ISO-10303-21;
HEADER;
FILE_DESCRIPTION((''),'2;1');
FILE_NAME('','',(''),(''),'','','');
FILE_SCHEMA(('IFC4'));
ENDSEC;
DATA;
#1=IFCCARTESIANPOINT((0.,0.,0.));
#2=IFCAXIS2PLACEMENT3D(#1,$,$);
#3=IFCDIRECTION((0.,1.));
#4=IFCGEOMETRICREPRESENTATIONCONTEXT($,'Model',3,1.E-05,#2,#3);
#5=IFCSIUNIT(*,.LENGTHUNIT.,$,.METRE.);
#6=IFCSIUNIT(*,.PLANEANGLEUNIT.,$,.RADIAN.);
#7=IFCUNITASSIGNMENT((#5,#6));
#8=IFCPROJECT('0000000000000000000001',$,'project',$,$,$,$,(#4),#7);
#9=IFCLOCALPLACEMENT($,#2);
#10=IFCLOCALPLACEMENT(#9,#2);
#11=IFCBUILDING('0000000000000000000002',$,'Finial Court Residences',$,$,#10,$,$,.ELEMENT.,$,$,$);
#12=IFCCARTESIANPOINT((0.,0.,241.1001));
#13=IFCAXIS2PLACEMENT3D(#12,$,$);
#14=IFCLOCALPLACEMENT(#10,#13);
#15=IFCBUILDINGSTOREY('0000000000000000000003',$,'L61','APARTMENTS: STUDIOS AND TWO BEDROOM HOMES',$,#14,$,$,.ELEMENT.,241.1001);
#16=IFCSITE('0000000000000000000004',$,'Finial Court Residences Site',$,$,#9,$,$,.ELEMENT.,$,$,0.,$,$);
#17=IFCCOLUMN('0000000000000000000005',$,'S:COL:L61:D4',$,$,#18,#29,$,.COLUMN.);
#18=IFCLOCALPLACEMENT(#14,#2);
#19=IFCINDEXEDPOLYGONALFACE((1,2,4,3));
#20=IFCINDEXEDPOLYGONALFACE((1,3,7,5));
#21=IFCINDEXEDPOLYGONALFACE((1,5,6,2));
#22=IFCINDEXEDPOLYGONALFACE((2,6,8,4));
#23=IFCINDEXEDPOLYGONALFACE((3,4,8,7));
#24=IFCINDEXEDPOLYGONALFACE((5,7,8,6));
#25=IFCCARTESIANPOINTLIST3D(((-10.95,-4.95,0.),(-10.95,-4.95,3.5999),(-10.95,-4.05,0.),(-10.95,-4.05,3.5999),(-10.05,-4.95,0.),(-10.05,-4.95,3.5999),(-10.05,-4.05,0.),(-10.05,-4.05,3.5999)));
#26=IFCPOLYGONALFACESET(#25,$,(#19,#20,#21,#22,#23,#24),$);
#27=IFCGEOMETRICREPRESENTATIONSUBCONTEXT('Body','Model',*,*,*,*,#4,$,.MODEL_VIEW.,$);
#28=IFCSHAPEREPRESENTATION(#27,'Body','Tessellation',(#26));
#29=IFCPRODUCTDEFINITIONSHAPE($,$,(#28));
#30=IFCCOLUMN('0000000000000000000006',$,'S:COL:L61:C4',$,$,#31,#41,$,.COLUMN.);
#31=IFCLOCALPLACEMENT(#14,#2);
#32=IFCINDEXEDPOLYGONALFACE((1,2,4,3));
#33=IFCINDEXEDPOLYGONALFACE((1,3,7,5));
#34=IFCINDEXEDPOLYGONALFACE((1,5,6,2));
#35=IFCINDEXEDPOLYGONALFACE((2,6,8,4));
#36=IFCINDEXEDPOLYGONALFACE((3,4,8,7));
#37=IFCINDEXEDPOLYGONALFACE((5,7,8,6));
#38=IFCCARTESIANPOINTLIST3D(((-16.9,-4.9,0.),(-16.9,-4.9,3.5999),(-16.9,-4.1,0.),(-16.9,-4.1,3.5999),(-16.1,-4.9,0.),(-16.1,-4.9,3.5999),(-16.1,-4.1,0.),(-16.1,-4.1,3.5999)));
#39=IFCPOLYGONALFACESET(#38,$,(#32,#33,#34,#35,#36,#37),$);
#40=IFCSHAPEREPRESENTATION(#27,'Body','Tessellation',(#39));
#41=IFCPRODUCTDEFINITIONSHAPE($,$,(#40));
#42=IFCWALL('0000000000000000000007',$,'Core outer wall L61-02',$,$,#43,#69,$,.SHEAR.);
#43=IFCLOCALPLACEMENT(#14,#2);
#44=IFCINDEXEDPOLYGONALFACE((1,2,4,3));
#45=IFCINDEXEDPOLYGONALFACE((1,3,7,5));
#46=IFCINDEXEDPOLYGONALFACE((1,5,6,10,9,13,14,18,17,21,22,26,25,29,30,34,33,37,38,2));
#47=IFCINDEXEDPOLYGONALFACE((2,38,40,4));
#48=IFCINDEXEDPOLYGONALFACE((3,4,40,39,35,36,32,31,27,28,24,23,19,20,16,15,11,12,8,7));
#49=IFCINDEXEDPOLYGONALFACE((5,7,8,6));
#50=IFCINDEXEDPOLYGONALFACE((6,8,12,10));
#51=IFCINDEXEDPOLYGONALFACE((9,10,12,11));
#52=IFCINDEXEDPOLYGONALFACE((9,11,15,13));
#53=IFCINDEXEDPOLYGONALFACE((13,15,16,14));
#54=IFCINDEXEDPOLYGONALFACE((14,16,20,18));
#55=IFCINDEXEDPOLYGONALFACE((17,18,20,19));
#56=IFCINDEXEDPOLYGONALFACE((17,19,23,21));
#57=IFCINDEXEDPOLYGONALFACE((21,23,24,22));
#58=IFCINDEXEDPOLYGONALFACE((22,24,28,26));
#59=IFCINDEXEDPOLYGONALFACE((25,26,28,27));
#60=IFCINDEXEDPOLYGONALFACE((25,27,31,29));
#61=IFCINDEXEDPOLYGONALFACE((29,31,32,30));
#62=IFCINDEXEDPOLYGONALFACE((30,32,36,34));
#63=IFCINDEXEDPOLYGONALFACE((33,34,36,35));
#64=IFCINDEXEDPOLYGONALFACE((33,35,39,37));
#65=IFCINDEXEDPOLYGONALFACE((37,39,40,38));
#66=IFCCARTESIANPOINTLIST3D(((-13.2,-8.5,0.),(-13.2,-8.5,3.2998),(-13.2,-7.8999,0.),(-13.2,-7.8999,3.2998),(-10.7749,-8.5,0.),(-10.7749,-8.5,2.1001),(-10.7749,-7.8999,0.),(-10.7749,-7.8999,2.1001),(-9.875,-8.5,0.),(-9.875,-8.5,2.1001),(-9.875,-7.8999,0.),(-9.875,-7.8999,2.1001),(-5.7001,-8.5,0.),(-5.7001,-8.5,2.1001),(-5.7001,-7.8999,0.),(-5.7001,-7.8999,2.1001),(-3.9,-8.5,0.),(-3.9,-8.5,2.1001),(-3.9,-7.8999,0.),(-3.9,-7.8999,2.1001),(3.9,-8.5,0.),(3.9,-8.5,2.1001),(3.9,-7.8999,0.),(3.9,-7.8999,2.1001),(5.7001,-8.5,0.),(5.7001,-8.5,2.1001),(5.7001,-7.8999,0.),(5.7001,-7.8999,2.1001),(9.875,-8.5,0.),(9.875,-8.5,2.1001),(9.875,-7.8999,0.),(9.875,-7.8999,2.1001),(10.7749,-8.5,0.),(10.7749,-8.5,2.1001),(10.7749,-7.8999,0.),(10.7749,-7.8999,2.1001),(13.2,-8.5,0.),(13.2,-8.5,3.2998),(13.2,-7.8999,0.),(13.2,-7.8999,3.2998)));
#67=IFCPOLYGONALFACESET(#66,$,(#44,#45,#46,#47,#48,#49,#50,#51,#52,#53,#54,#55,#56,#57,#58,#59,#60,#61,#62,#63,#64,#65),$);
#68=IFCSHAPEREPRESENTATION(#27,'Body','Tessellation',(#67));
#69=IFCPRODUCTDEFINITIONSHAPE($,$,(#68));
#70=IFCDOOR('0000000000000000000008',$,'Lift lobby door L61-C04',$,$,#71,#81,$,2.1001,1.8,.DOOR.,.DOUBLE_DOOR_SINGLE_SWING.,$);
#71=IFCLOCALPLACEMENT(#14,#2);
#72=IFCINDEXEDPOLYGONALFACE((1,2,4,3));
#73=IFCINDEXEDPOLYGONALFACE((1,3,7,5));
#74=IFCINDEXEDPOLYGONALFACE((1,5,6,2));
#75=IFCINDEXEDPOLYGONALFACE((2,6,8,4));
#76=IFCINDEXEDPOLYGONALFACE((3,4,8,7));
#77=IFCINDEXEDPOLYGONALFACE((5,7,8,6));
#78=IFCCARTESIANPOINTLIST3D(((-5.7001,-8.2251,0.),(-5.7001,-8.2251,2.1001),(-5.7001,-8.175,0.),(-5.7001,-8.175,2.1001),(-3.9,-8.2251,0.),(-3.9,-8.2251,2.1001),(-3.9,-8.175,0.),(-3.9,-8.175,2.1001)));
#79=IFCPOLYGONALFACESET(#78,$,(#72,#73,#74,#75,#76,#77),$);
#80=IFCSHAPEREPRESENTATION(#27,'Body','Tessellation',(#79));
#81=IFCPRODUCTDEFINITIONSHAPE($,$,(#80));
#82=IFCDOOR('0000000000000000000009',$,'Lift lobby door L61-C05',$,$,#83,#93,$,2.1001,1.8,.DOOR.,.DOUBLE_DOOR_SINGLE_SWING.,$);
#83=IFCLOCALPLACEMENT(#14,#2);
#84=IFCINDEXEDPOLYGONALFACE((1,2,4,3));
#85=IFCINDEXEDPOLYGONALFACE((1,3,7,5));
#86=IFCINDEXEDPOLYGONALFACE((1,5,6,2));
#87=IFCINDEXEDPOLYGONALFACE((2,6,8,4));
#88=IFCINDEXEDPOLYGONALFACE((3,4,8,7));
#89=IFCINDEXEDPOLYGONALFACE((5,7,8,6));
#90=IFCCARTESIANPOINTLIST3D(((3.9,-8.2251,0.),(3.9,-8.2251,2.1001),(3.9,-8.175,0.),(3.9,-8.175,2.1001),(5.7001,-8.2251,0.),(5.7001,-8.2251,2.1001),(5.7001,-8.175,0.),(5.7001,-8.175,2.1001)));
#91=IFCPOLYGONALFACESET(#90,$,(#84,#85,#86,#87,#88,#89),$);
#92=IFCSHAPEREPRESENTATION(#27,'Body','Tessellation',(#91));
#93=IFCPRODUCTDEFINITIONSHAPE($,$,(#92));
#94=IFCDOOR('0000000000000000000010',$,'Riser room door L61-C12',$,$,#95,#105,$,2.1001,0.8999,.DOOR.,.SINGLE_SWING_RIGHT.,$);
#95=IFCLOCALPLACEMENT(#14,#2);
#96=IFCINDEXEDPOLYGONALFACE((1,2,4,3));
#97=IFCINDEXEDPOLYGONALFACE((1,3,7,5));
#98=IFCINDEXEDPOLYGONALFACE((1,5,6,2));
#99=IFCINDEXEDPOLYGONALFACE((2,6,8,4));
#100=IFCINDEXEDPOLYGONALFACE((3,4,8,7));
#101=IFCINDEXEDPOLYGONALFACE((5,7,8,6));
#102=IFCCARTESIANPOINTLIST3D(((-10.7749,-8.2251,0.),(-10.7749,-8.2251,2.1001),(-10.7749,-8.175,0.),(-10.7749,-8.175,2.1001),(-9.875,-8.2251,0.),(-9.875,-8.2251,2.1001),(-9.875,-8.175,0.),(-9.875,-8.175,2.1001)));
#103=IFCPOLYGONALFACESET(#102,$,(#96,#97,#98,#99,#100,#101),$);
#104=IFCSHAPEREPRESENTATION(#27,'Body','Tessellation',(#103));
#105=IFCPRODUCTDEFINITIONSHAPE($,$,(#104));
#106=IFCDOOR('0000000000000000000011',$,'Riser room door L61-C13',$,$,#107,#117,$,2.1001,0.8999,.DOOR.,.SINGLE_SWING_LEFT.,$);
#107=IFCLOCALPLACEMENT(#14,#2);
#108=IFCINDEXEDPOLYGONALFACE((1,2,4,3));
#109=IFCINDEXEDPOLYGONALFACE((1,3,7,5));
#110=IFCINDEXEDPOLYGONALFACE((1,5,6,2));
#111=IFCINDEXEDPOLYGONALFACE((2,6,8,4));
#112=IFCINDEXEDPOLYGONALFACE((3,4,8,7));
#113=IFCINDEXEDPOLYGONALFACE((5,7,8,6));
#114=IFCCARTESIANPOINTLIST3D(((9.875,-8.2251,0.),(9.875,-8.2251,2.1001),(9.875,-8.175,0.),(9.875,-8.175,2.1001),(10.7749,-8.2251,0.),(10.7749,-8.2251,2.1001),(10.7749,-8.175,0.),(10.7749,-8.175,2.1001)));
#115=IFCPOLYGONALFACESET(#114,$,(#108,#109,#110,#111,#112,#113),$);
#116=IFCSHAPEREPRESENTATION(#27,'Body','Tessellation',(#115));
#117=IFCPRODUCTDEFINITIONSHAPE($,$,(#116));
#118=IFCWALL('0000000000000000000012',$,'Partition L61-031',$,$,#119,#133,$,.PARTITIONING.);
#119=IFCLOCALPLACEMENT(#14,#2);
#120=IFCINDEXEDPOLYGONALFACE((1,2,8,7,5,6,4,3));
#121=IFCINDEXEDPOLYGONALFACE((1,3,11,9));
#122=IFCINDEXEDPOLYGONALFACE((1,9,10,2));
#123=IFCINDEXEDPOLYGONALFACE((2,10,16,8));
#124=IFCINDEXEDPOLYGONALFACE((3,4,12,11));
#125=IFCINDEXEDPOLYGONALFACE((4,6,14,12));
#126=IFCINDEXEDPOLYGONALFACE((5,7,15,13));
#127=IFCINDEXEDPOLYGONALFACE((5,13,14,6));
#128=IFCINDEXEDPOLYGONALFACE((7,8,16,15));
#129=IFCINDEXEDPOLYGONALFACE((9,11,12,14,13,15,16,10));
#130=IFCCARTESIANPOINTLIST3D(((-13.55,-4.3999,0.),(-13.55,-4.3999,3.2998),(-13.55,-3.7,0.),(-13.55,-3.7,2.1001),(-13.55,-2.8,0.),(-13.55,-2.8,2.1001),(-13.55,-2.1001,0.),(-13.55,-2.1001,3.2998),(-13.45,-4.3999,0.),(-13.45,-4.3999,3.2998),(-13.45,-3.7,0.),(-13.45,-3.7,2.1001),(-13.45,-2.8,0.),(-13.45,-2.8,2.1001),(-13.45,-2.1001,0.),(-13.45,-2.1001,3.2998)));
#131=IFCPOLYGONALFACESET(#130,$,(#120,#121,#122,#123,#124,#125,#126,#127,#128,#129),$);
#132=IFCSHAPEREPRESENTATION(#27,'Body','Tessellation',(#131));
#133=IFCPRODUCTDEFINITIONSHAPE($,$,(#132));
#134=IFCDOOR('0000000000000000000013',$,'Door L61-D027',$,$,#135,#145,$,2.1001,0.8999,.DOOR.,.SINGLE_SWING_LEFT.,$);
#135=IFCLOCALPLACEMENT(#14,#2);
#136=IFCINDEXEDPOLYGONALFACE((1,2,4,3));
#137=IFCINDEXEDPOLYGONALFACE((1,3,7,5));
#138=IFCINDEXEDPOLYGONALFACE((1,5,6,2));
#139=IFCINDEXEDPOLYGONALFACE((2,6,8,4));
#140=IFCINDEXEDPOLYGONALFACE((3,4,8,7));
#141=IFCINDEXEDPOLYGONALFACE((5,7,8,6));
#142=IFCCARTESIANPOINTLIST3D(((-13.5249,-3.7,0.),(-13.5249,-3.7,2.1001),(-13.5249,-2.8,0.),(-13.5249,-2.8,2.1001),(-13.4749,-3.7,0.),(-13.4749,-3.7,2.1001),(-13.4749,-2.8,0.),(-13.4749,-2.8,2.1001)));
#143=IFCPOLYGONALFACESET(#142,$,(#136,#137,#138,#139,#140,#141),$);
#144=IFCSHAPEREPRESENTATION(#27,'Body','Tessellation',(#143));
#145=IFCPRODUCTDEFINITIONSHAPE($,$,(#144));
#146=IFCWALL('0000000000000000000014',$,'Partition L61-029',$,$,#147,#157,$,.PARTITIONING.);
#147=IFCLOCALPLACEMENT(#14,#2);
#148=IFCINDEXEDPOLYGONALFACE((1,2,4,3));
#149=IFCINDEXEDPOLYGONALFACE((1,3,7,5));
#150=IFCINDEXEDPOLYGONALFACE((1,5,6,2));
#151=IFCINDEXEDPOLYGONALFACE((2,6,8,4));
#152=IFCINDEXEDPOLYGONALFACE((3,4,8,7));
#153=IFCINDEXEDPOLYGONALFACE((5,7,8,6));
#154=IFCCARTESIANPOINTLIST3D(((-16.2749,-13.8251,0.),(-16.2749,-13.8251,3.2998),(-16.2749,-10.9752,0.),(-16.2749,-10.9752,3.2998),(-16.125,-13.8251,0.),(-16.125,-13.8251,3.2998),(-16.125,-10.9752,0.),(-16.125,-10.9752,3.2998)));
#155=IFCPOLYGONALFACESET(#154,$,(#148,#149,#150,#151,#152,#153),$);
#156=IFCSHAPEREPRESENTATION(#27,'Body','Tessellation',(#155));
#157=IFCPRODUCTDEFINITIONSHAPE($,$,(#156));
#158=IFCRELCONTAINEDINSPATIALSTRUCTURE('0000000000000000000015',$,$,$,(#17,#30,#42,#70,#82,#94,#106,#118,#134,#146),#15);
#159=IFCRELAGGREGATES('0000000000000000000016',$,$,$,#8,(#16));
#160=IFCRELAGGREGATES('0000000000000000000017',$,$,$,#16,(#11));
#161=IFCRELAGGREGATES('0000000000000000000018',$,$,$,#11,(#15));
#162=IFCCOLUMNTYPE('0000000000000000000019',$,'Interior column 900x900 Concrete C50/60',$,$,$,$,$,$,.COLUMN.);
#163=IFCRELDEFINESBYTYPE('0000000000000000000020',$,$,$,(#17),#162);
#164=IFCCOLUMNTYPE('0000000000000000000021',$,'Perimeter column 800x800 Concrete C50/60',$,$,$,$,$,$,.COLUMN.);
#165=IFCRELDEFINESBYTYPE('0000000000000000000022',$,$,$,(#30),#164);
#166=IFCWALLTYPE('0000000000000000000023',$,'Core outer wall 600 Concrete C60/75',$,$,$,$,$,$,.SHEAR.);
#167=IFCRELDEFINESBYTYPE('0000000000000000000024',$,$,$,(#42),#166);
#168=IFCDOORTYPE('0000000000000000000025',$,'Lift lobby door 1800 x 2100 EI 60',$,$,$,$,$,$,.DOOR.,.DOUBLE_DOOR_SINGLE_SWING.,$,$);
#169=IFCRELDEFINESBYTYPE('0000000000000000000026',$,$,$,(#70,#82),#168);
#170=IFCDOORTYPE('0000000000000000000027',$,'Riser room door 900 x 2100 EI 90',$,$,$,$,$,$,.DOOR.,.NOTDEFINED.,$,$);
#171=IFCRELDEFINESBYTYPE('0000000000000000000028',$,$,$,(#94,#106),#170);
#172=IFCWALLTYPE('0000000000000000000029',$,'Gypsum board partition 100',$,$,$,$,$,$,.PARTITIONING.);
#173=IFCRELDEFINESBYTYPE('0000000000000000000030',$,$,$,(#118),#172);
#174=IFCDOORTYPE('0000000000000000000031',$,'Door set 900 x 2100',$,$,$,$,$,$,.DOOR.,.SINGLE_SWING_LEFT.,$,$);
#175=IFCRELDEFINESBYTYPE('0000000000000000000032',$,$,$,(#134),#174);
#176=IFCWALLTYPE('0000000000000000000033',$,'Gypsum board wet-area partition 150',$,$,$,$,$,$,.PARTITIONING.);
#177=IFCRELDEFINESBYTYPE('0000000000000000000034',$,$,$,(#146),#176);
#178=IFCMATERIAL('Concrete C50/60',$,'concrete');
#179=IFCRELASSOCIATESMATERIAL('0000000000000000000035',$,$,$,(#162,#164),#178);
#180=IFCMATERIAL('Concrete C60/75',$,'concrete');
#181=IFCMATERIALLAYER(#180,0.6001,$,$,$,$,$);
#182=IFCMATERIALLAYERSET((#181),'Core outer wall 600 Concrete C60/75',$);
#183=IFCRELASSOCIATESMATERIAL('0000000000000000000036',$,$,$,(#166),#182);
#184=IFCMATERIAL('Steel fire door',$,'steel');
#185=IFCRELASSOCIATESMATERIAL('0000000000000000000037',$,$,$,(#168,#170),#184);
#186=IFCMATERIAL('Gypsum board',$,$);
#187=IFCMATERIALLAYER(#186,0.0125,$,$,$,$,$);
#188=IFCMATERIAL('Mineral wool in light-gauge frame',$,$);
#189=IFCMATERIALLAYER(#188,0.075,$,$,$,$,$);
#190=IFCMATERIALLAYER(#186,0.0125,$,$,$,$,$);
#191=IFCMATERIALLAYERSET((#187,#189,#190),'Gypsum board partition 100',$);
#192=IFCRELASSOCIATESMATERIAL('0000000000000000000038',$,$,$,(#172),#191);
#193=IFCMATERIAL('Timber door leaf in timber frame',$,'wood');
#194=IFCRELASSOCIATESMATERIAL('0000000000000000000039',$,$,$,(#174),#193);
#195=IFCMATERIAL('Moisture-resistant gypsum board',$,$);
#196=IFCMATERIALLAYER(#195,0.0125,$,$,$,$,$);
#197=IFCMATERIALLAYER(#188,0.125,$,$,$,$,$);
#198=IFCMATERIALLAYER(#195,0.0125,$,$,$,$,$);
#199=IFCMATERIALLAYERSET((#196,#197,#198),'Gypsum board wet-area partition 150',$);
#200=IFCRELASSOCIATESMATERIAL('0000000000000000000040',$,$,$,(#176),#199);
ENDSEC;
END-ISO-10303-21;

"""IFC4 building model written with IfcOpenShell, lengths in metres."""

from ifc_helpers import new_model, si_unit, direction, frame, frame_2d, origin, origin_2d, place, context, subcontext, project, spatial, rectangle, extrude, material, layer, layer_set, material_profile, profile_set, type_object, element, fill, save


model = new_model("IFC4")

# Units and contexts
model_context = context("Model", 3, precision=1e-05, world=origin(), true_north=direction((0.0, 1.0)))
body_context = subcontext(model_context, "Body", "Model", "MODEL_VIEW")
ifc_project = project(units=[si_unit("LENGTHUNIT", "METRE"), si_unit("PLANEANGLEUNIT", "RADIAN")], contexts=[model_context])

# Site, building, storey
site_placement = place(None, origin())
site = spatial("IfcSite", under=ifc_project, at=site_placement, Name="Finial Court Residences Site", CompositionType="ELEMENT", RefElevation=0.0)
building_placement = place(site_placement, origin())
building = spatial("IfcBuilding", under=site, at=building_placement, Name="Finial Court Residences", CompositionType="ELEMENT")
storey_placement = place(building_placement, frame((0.0, 0.0, 241.1001)))
storey = spatial("IfcBuildingStorey", under=building, at=storey_placement, Name="L61", Description="APARTMENTS: STUDIOS AND TWO BEDROOM HOMES", CompositionType="ELEMENT", Elevation=241.1001)

# Columns
ifc_material_1 = material(Name="Concrete C50/60", Category="concrete")
ifc_material_profile_1 = material_profile(ifc_material_1, rectangle(XDim=0.8999, YDim=0.8999, at=origin_2d()), Name="900x900")
ifc_profile_set_1 = profile_set([ifc_material_profile_1], Name="Concrete C50/60")
column_type_1 = type_object("IfcColumnType", Name="Interior column 900x900 Concrete C50/60", PredefinedType="COLUMN", material=ifc_profile_set_1)
column_1_placement = place(storey_placement, frame((-10.5, -4.5, 0.0), z_axis=(0.0, 0.0, 1.0), x_axis=(1.0, 0.0, 0.0)))
element("IfcColumn", 1, at=column_1_placement, inside=storey, type_object=column_type_1, Name="S:COL:L61:D4", PredefinedType="COLUMN", context=body_context, shape_type="SweptSolid", body=[
    extrude(rectangle(XDim=0.8999, YDim=0.8999, at=origin_2d()), origin(), (0.0, 0.0, 1.0), 3.5999),
])
ifc_material_profile_2 = material_profile(ifc_material_1, rectangle(XDim=0.8, YDim=0.8, at=origin_2d()), Name="800x800")
ifc_profile_set_2 = profile_set([ifc_material_profile_2], Name="Concrete C50/60")
column_type_2 = type_object("IfcColumnType", Name="Perimeter column 800x800 Concrete C50/60", PredefinedType="COLUMN", material=ifc_profile_set_2)
column_2_placement = place(storey_placement, frame((-16.5, -4.5, 0.0), z_axis=(0.0, 0.0, 1.0), x_axis=(1.0, 0.0, 0.0)))
element("IfcColumn", 2, at=column_2_placement, inside=storey, type_object=column_type_2, Name="S:COL:L61:C4", PredefinedType="COLUMN", context=body_context, shape_type="SweptSolid", body=[
    extrude(rectangle(XDim=0.8, YDim=0.8, at=origin_2d()), origin(), (0.0, 0.0, 1.0), 3.5999),
])

# Wall, openings, doors
ifc_material_2 = material(Name="Concrete C60/75", Category="concrete")
ifc_layer_1 = layer(ifc_material_2, 0.6001)
ifc_layer_set_1 = layer_set([ifc_layer_1], Name="Core outer wall 600 Concrete C60/75")
wall_type_1 = type_object("IfcWallType", Name="Core outer wall 600 Concrete C60/75", PredefinedType="SHEAR", material=ifc_layer_set_1)
wall_1_placement = place(storey_placement, frame((-13.2, -8.2, 0.0), z_axis=(0.0, 0.0, 1.0), x_axis=(1.0, 0.0, 0.0)))
wall_1 = element("IfcWall", 3, at=wall_1_placement, inside=storey, type_object=wall_type_1, Name="Core outer wall L61-02", PredefinedType="SHEAR", context=body_context, shape_type="SweptSolid", body=[
    extrude(rectangle(XDim=26.3999, YDim=0.6001, at=frame_2d((13.2, 0.0))), origin(), (0.0, 0.0, 1.0), 3.2998),
])
opening_1_placement = place(wall_1_placement, frame((7.5, 0.0, 0.0)))
opening_1 = element("IfcOpeningElement", 4, at=opening_1_placement, cuts=wall_1, PredefinedType="OPENING", context=body_context, shape_type="SweptSolid", body=[
    extrude(rectangle(XDim=1.8, YDim=2.1001, at=frame_2d((0.8999, 1.05))), frame((0.0, 0.3101, 0.0), z_axis=(0.0, -1.0, 0.0), x_axis=(1.0, 0.0, 0.0)), (0.0, 0.0, 1.0), 0.6201),
])
opening_2_placement = place(wall_1_placement, frame((17.1001, 0.0, 0.0)))
opening_2 = element("IfcOpeningElement", 5, at=opening_2_placement, cuts=wall_1, PredefinedType="OPENING", context=body_context, shape_type="SweptSolid", body=[
    extrude(rectangle(XDim=1.8, YDim=2.1001, at=frame_2d((0.8999, 1.05))), frame((0.0, 0.3101, 0.0), z_axis=(0.0, -1.0, 0.0), x_axis=(1.0, 0.0, 0.0)), (0.0, 0.0, 1.0), 0.6201),
])
opening_3_placement = place(wall_1_placement, frame((2.425, 0.0, 0.0)))
opening_3 = element("IfcOpeningElement", 6, at=opening_3_placement, cuts=wall_1, PredefinedType="OPENING", context=body_context, shape_type="SweptSolid", body=[
    extrude(rectangle(XDim=0.8999, YDim=2.1001, at=frame_2d((0.45, 1.05))), frame((0.0, 0.3101, 0.0), z_axis=(0.0, -1.0, 0.0), x_axis=(1.0, 0.0, 0.0)), (0.0, 0.0, 1.0), 0.6201),
])
opening_4_placement = place(wall_1_placement, frame((23.075, 0.0, 0.0)))
opening_4 = element("IfcOpeningElement", 7, at=opening_4_placement, cuts=wall_1, PredefinedType="OPENING", context=body_context, shape_type="SweptSolid", body=[
    extrude(rectangle(XDim=0.8999, YDim=2.1001, at=frame_2d((0.45, 1.05))), frame((0.0, 0.3101, 0.0), z_axis=(0.0, -1.0, 0.0), x_axis=(1.0, 0.0, 0.0)), (0.0, 0.0, 1.0), 0.6201),
])
ifc_material_3 = material(Name="Steel fire door", Category="steel")
door_type_1 = type_object("IfcDoorType", Name="Lift lobby door 1800 x 2100 EI 60", OperationType="DOUBLE_DOOR_SINGLE_SWING", PredefinedType="DOOR", material=ifc_material_3)
door_1_placement = place(opening_1_placement, origin())
door_1 = element("IfcDoor", 8, at=door_1_placement, inside=storey, type_object=door_type_1, Name="Lift lobby door L61-C04", OperationType="DOUBLE_DOOR_SINGLE_SWING", OverallHeight=2.1001, OverallWidth=1.8, PredefinedType="DOOR", context=body_context, shape_type="SweptSolid", body=[
    extrude(rectangle(XDim=1.8, YDim=2.1001, at=frame_2d((0.8999, 1.05))), frame((0.0, 0.0249, 0.0), z_axis=(0.0, -1.0, 0.0), x_axis=(1.0, 0.0, 0.0)), (0.0, 0.0, 1.0), 0.05),
])
fill(opening_1, door_1)
door_2_placement = place(opening_2_placement, origin())
door_2 = element("IfcDoor", 9, at=door_2_placement, inside=storey, type_object=door_type_1, Name="Lift lobby door L61-C05", OperationType="DOUBLE_DOOR_SINGLE_SWING", OverallHeight=2.1001, OverallWidth=1.8, PredefinedType="DOOR", context=body_context, shape_type="SweptSolid", body=[
    extrude(rectangle(XDim=1.8, YDim=2.1001, at=frame_2d((0.8999, 1.05))), frame((0.0, 0.0249, 0.0), z_axis=(0.0, -1.0, 0.0), x_axis=(1.0, 0.0, 0.0)), (0.0, 0.0, 1.0), 0.05),
])
fill(opening_2, door_2)
door_type_2 = type_object("IfcDoorType", Name="Riser room door 900 x 2100 EI 90", OperationType="NOTDEFINED", PredefinedType="DOOR", material=ifc_material_3)
door_3_placement = place(opening_3_placement, origin())
door_3 = element("IfcDoor", 10, at=door_3_placement, inside=storey, type_object=door_type_2, Name="Riser room door L61-C12", OperationType="SINGLE_SWING_RIGHT", OverallHeight=2.1001, OverallWidth=0.8999, PredefinedType="DOOR", context=body_context, shape_type="SweptSolid", body=[
    extrude(rectangle(XDim=0.8999, YDim=2.1001, at=frame_2d((0.45, 1.05))), frame((0.0, 0.0249, 0.0), z_axis=(0.0, -1.0, 0.0), x_axis=(1.0, 0.0, 0.0)), (0.0, 0.0, 1.0), 0.05),
])
fill(opening_3, door_3)
door_4_placement = place(opening_4_placement, origin())
door_4 = element("IfcDoor", 11, at=door_4_placement, inside=storey, type_object=door_type_2, Name="Riser room door L61-C13", OperationType="SINGLE_SWING_LEFT", OverallHeight=2.1001, OverallWidth=0.8999, PredefinedType="DOOR", context=body_context, shape_type="SweptSolid", body=[
    extrude(rectangle(XDim=0.8999, YDim=2.1001, at=frame_2d((0.45, 1.05))), frame((0.0, 0.0249, 0.0), z_axis=(0.0, -1.0, 0.0), x_axis=(1.0, 0.0, 0.0)), (0.0, 0.0, 1.0), 0.05),
])
fill(opening_4, door_4)

# Wall, opening, door
ifc_material_4 = material(Name="Gypsum board")
ifc_layer_2 = layer(ifc_material_4, 0.0125)
ifc_material_5 = material(Name="Mineral wool in light-gauge frame")
ifc_layer_3 = layer(ifc_material_5, 0.075)
ifc_layer_4 = layer(ifc_material_4, 0.0125)
ifc_layer_set_2 = layer_set([ifc_layer_2, ifc_layer_3, ifc_layer_4], Name="Gypsum board partition 100")
wall_type_2 = type_object("IfcWallType", Name="Gypsum board partition 100", PredefinedType="PARTITIONING", material=ifc_layer_set_2)
wall_2_placement = place(storey_placement, frame((-13.5, -4.3999, 0.0), z_axis=(0.0, 0.0, 1.0), x_axis=(0.0, 1.0, 0.0)))
wall_2 = element("IfcWall", 12, at=wall_2_placement, inside=storey, type_object=wall_type_2, Name="Partition L61-031", PredefinedType="PARTITIONING", context=body_context, shape_type="SweptSolid", body=[
    extrude(rectangle(XDim=2.2998, YDim=0.1001, at=frame_2d((1.1499, 0.0))), origin(), (0.0, 0.0, 1.0), 3.2998),
])
opening_5_placement = place(wall_2_placement, frame((0.7, 0.0, 0.0)))
opening_5 = element("IfcOpeningElement", 13, at=opening_5_placement, cuts=wall_2, PredefinedType="OPENING", context=body_context, shape_type="SweptSolid", body=[
    extrude(rectangle(XDim=0.8999, YDim=2.1001, at=frame_2d((0.45, 1.05))), frame((0.0, 0.0601, 0.0), z_axis=(0.0, -1.0, 0.0), x_axis=(1.0, 0.0, 0.0)), (0.0, 0.0, 1.0), 0.1201),
])
ifc_material_6 = material(Name="Timber door leaf in timber frame", Category="wood")
door_type_3 = type_object("IfcDoorType", Name="Door set 900 x 2100", OperationType="SINGLE_SWING_LEFT", PredefinedType="DOOR", material=ifc_material_6)
door_5_placement = place(opening_5_placement, origin())
door_5 = element("IfcDoor", 14, at=door_5_placement, inside=storey, type_object=door_type_3, Name="Door L61-D027", OperationType="SINGLE_SWING_LEFT", OverallHeight=2.1001, OverallWidth=0.8999, PredefinedType="DOOR", context=body_context, shape_type="SweptSolid", body=[
    extrude(rectangle(XDim=0.8999, YDim=2.1001, at=frame_2d((0.45, 1.05))), frame((0.0, 0.0249, 0.0), z_axis=(0.0, -1.0, 0.0), x_axis=(1.0, 0.0, 0.0)), (0.0, 0.0, 1.0), 0.05),
])
fill(opening_5, door_5)

# Wall
ifc_material_7 = material(Name="Moisture-resistant gypsum board")
ifc_layer_5 = layer(ifc_material_7, 0.0125)
ifc_layer_6 = layer(ifc_material_5, 0.125)
ifc_layer_7 = layer(ifc_material_7, 0.0125)
ifc_layer_set_3 = layer_set([ifc_layer_5, ifc_layer_6, ifc_layer_7], Name="Gypsum board wet-area partition 150")
wall_type_3 = type_object("IfcWallType", Name="Gypsum board wet-area partition 150", PredefinedType="PARTITIONING", material=ifc_layer_set_3)
wall_3_placement = place(storey_placement, frame((-16.2, -13.825, 0.0), z_axis=(0.0, 0.0, 1.0), x_axis=(0.0, 1.0, 0.0)))
element("IfcWall", 15, at=wall_3_placement, inside=storey, type_object=wall_type_3, Name="Partition L61-029", PredefinedType="PARTITIONING", context=body_context, shape_type="SweptSolid", body=[
    extrude(rectangle(XDim=2.8499, YDim=0.1499, at=frame_2d((1.4248, 0.0))), origin(), (0.0, 0.0, 1.0), 3.2998),
])

save(model, "model.ifc")
